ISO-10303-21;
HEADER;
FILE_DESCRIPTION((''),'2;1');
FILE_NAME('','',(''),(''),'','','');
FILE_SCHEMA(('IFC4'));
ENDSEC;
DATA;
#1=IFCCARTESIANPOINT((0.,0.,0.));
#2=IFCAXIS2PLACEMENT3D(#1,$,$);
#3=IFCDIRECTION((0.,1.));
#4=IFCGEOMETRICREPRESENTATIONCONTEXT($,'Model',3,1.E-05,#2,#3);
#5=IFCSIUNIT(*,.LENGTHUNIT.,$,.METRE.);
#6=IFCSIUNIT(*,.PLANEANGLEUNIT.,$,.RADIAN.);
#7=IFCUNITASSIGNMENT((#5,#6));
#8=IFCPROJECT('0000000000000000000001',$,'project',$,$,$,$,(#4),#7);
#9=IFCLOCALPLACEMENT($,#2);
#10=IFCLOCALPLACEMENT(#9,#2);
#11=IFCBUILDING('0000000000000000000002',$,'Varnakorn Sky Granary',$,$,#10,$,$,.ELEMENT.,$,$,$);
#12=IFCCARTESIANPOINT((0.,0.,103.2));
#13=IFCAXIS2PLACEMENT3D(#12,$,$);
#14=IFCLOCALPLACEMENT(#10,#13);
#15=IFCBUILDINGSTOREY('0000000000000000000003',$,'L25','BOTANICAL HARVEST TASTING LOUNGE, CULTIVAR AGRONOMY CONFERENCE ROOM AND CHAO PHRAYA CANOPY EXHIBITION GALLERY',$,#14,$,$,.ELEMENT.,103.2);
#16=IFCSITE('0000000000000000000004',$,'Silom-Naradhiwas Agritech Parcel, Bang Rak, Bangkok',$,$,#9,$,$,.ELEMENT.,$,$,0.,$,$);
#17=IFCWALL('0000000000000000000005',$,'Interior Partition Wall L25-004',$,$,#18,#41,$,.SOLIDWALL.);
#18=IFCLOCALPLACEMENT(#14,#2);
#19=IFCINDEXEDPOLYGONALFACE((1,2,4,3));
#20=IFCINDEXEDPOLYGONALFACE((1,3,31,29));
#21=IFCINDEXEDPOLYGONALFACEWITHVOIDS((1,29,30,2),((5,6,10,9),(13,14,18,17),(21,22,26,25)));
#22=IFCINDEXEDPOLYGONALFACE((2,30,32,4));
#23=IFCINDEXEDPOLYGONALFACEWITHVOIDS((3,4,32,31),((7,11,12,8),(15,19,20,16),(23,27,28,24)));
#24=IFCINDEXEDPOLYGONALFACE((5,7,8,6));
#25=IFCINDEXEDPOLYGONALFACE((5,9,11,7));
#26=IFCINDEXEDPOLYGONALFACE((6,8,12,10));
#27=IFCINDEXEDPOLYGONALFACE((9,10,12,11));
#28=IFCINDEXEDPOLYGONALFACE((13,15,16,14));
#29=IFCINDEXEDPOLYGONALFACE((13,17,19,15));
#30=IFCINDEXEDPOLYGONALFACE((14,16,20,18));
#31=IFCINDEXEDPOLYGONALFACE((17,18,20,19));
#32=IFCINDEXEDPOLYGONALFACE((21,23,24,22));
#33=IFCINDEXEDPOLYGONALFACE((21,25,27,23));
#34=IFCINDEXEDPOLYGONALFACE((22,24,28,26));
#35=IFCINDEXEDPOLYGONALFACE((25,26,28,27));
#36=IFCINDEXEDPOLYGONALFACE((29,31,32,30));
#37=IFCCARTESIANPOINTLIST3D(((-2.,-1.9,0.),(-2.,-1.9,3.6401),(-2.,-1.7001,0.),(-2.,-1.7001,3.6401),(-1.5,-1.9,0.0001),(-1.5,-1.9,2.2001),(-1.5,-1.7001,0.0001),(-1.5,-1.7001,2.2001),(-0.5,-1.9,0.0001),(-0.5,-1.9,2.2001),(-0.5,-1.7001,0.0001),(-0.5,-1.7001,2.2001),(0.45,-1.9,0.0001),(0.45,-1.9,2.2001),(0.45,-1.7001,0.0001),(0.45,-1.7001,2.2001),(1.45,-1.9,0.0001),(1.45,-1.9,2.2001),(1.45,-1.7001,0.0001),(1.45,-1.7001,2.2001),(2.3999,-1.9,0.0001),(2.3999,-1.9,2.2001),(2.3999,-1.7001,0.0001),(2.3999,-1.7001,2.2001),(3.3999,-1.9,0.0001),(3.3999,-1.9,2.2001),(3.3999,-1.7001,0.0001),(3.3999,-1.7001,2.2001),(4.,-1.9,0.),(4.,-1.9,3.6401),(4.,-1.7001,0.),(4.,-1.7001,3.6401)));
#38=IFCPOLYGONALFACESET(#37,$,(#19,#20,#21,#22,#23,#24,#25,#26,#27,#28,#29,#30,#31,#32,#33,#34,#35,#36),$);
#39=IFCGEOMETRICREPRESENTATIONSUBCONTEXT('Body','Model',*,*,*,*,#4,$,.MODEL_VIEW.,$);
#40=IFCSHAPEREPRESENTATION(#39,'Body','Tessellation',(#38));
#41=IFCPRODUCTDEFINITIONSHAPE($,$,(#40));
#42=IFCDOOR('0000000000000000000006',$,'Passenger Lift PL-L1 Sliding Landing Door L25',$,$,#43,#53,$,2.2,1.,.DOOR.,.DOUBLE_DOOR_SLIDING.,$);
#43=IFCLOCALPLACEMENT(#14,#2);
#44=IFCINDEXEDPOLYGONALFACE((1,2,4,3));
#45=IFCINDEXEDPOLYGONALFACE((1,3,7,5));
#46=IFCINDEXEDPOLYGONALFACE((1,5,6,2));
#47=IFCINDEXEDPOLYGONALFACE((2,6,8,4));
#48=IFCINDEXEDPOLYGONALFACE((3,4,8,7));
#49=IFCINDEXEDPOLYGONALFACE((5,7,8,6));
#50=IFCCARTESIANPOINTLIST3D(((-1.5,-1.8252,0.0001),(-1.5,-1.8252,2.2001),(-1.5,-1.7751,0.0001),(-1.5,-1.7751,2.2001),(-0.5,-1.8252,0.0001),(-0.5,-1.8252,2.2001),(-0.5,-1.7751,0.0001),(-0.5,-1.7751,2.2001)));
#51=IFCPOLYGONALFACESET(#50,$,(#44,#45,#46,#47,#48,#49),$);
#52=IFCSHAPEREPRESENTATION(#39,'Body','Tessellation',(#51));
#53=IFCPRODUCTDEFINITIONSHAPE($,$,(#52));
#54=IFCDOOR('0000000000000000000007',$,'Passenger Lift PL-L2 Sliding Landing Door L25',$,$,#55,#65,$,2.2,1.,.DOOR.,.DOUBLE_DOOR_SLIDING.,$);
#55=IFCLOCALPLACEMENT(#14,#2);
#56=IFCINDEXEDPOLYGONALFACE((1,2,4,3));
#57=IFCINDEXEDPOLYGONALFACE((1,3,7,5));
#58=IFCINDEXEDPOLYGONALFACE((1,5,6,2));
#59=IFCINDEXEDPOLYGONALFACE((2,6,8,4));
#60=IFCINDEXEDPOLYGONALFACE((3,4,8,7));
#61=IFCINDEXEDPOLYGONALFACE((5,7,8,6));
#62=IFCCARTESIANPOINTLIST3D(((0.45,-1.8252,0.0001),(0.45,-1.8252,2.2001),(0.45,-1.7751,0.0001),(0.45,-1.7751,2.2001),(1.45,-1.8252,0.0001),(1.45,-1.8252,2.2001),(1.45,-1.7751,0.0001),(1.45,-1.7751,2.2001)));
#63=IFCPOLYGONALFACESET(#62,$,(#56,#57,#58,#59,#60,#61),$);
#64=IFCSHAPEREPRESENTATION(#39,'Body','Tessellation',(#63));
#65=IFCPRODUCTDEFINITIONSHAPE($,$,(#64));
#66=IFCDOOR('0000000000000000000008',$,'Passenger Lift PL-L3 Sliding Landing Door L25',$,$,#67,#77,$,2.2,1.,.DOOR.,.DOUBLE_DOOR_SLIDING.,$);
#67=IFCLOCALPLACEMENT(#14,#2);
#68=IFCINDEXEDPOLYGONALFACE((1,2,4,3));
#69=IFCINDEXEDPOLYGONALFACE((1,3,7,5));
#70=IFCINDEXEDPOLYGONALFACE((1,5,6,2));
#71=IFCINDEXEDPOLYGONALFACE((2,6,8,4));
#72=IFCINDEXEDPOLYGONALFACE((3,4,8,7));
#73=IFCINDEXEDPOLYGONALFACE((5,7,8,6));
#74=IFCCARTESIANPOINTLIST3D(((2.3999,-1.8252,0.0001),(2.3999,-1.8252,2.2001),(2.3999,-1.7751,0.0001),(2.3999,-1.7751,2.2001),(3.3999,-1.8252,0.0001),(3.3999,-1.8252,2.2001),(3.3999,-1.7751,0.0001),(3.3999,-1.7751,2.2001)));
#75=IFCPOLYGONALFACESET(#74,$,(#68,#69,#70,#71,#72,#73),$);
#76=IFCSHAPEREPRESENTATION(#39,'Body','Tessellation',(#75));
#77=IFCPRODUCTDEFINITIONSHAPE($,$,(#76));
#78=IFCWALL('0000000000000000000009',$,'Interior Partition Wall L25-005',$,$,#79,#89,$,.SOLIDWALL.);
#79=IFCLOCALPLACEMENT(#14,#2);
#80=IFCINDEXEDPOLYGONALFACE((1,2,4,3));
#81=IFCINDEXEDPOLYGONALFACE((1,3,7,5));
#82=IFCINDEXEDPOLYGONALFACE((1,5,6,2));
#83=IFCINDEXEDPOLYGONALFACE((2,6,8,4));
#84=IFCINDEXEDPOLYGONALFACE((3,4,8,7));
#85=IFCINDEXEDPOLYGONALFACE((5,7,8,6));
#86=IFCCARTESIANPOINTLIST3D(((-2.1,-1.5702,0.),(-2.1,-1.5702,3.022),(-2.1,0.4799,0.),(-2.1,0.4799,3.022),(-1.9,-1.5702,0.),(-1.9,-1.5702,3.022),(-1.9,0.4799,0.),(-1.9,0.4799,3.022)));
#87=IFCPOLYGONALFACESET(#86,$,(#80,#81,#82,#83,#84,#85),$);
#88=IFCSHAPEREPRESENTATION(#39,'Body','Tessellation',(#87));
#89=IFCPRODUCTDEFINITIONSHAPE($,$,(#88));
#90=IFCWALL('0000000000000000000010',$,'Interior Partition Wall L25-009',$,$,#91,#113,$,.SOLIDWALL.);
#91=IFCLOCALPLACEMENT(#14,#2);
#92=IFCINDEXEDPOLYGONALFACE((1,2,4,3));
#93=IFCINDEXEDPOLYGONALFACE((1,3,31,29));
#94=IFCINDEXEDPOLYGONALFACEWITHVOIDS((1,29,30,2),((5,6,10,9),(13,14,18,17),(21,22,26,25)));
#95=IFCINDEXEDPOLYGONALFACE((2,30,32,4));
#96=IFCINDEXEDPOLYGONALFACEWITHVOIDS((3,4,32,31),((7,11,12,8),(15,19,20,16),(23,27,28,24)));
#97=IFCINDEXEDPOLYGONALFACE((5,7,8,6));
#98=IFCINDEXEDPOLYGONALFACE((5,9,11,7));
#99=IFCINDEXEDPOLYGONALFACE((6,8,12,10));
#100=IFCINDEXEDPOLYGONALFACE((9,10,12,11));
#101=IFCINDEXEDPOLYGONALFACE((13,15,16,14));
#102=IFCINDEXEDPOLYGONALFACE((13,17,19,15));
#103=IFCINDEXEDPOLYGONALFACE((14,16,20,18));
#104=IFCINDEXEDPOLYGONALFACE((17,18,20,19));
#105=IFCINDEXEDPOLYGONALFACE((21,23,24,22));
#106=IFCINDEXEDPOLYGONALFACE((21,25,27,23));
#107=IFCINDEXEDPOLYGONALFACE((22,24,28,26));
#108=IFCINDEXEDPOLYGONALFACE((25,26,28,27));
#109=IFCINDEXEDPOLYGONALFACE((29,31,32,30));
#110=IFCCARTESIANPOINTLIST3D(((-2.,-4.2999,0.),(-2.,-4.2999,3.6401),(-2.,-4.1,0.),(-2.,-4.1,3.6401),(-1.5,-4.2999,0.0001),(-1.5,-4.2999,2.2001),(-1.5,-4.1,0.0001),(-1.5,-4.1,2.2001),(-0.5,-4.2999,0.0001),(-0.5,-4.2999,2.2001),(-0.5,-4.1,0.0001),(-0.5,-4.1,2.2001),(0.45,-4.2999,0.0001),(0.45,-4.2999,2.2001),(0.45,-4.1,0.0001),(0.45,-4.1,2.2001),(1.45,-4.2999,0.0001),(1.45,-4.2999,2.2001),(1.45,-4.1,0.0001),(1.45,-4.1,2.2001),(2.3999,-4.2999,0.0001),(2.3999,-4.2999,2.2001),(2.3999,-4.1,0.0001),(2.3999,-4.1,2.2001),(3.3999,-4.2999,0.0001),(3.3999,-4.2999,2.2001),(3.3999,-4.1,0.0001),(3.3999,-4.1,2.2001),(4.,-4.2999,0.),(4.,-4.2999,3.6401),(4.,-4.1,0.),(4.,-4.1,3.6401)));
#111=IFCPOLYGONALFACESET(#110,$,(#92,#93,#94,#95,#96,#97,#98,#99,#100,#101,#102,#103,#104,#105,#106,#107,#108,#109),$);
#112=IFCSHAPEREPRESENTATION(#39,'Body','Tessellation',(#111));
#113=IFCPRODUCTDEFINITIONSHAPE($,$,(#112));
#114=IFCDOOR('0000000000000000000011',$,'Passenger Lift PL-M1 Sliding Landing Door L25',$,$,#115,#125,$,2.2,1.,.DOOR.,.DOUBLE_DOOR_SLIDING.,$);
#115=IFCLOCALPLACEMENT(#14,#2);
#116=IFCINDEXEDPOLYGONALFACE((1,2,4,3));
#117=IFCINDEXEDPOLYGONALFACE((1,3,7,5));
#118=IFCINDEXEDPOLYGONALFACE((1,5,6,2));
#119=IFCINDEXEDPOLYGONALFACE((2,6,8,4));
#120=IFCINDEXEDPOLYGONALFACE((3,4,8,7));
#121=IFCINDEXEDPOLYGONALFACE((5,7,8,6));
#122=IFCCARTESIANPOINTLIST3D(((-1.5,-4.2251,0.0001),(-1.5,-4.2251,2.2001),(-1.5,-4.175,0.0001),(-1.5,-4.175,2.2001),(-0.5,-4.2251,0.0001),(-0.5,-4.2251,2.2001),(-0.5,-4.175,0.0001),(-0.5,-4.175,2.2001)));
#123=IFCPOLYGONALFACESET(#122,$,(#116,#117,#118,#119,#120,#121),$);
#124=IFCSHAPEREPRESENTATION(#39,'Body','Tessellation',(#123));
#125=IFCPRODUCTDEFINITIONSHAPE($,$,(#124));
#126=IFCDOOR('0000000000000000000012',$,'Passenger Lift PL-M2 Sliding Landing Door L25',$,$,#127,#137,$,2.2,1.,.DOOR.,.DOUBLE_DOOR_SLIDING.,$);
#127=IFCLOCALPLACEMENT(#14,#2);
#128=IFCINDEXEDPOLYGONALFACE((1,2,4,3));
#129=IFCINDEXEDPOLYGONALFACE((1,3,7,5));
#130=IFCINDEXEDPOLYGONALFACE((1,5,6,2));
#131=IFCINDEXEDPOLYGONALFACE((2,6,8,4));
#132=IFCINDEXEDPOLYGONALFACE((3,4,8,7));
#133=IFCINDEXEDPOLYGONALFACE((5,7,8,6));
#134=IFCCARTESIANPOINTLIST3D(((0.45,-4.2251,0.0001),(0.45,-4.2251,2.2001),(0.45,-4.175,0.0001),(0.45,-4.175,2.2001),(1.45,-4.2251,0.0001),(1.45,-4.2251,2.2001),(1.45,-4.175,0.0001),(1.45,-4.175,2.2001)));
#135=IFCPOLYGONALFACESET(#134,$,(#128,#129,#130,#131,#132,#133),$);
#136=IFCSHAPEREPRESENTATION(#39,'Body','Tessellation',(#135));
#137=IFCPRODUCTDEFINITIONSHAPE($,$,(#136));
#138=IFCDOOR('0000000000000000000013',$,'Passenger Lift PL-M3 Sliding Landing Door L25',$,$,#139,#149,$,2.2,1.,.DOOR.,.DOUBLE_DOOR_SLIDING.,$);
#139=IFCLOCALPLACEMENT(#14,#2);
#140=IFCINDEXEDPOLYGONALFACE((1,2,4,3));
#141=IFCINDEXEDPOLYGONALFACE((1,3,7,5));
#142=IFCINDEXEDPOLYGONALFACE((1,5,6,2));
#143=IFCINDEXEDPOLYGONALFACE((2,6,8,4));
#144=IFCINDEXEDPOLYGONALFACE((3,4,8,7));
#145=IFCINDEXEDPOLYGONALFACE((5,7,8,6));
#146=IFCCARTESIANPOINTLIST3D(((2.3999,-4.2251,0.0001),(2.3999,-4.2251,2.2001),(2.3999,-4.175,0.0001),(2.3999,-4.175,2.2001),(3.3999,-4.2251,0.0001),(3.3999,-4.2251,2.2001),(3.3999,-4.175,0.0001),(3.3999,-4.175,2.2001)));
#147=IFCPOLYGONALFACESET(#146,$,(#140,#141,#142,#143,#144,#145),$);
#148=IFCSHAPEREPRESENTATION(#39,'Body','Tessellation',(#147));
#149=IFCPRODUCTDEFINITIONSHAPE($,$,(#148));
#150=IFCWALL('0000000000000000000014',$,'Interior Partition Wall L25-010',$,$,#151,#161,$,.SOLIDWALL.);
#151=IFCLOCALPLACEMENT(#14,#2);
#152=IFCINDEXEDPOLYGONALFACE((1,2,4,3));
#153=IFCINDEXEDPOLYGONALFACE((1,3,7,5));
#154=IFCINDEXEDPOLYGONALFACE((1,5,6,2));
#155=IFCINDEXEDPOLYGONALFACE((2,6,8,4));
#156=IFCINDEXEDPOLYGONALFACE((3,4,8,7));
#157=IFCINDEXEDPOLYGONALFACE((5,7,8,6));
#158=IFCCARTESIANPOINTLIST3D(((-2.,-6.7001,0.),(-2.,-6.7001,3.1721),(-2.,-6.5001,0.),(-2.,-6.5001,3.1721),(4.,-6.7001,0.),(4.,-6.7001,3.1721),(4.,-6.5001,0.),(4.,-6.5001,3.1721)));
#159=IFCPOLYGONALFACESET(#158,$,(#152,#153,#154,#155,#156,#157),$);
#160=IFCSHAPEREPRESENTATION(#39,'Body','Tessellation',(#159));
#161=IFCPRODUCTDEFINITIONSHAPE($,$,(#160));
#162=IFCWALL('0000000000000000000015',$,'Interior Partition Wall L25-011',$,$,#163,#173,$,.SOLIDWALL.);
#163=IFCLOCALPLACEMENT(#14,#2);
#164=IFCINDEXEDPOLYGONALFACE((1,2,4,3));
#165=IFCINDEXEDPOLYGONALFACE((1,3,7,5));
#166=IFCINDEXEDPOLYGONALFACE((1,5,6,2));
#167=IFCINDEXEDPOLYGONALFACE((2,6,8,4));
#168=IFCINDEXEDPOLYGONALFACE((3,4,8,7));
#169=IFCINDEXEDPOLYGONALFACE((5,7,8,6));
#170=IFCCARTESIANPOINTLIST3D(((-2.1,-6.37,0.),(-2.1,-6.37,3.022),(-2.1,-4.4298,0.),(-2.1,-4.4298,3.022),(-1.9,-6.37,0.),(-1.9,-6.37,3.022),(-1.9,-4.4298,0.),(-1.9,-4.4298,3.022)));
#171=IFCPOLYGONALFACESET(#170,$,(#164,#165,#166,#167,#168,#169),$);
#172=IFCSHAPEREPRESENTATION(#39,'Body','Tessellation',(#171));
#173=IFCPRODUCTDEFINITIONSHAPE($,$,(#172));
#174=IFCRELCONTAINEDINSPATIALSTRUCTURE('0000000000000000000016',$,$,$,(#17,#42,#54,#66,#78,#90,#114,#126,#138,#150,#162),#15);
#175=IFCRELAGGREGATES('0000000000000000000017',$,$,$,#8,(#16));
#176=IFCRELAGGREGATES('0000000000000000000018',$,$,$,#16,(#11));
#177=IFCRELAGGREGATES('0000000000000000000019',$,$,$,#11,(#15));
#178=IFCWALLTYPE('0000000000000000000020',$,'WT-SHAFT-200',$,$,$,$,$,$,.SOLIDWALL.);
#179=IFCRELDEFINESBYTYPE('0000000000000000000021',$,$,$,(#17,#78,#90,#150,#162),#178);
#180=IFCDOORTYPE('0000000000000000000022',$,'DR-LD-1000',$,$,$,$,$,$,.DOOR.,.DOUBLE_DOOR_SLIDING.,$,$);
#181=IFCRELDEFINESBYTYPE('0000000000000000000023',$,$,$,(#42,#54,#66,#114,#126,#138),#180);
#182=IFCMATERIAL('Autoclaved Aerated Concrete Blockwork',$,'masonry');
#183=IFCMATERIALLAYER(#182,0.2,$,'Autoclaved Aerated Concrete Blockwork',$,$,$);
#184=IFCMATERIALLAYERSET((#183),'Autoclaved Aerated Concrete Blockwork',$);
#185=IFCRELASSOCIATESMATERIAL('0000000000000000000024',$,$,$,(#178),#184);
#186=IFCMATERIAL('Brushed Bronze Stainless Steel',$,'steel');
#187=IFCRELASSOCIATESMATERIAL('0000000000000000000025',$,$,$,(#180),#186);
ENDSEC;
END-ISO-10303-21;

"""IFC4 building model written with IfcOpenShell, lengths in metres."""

from ifc_helpers import new_model, si_unit, direction, frame, frame_2d, origin, place, context, subcontext, project, spatial, rectangle, extrude, material, layer, layer_set, type_object, element, fill, save


model = new_model("IFC4")

# Units and contexts
model_context = context("Model", 3, precision=1e-05, world=origin(), true_north=direction((0.0, 1.0)))
body_context = subcontext(model_context, "Body", "Model", "MODEL_VIEW")
ifc_project = project(units=[si_unit("LENGTHUNIT", "METRE"), si_unit("PLANEANGLEUNIT", "RADIAN")], contexts=[model_context])

# Site, building, storey
site_placement = place(None, origin())
site = spatial("IfcSite", under=ifc_project, at=site_placement, Name="Silom-Naradhiwas Agritech Parcel, Bang Rak, Bangkok", CompositionType="ELEMENT", RefElevation=0.0)
building_placement = place(site_placement, origin())
building = spatial("IfcBuilding", under=site, at=building_placement, Name="Varnakorn Sky Granary", CompositionType="ELEMENT")
storey_placement = place(building_placement, frame((0.0, 0.0, 103.2)))
storey = spatial("IfcBuildingStorey", under=building, at=storey_placement, Name="L25", Description="BOTANICAL HARVEST TASTING LOUNGE, CULTIVAR AGRONOMY CONFERENCE ROOM AND CHAO PHRAYA CANOPY EXHIBITION GALLERY", CompositionType="ELEMENT", Elevation=103.2)

# Shared definitions
ifc_material_1 = material(Name="Autoclaved Aerated Concrete Blockwork", Category="masonry")

# Wall, openings, doors
ifc_layer_1 = layer(ifc_material_1, 0.2, Name="Autoclaved Aerated Concrete Blockwork")
ifc_layer_set_1 = layer_set([ifc_layer_1], Name="Autoclaved Aerated Concrete Blockwork")
wall_type_1 = type_object("IfcWallType", Name="WT-SHAFT-200", PredefinedType="SOLIDWALL", material=ifc_layer_set_1)
wall_1_placement = place(storey_placement, frame((-2.0, -1.8, 0.0), z_axis=(0.0, 0.0, 1.0), x_axis=(1.0, 0.0, 0.0)))
wall_1 = element("IfcWall", 1, at=wall_1_placement, inside=storey, type_object=wall_type_1, Name="Interior Partition Wall L25-004", PredefinedType="SOLIDWALL", context=body_context, shape_type="SweptSolid", body=[
    extrude(rectangle(XDim=6.0, YDim=0.2, at=frame_2d((3.0, 0.0))), origin(), (0.0, 0.0, 1.0), 3.6401),
])
opening_1_placement = place(wall_1_placement, frame((0.5, 0.0, 0.0)))
opening_1 = element("IfcOpeningElement", 2, at=opening_1_placement, cuts=wall_1, PredefinedType="OPENING", context=body_context, shape_type="SweptSolid", body=[
    extrude(rectangle(XDim=1.0, YDim=2.2, at=frame_2d((0.5, 1.1001))), frame((0.0, 0.1099, 0.0), z_axis=(0.0, -1.0, 0.0), x_axis=(1.0, 0.0, 0.0)), (0.0, 0.0, 1.0), 0.22),
])
opening_2_placement = place(wall_1_placement, frame((2.45, 0.0, 0.0)))
opening_2 = element("IfcOpeningElement", 3, at=opening_2_placement, cuts=wall_1, PredefinedType="OPENING", context=body_context, shape_type="SweptSolid", body=[
    extrude(rectangle(XDim=1.0, YDim=2.2, at=frame_2d((0.5, 1.1001))), frame((0.0, 0.1099, 0.0), z_axis=(0.0, -1.0, 0.0), x_axis=(1.0, 0.0, 0.0)), (0.0, 0.0, 1.0), 0.22),
])
opening_3_placement = place(wall_1_placement, frame((4.3999, 0.0, 0.0)))
opening_3 = element("IfcOpeningElement", 4, at=opening_3_placement, cuts=wall_1, PredefinedType="OPENING", context=body_context, shape_type="SweptSolid", body=[
    extrude(rectangle(XDim=1.0, YDim=2.2, at=frame_2d((0.5, 1.1001))), frame((0.0, 0.1099, 0.0), z_axis=(0.0, -1.0, 0.0), x_axis=(1.0, 0.0, 0.0)), (0.0, 0.0, 1.0), 0.22),
])
ifc_material_2 = material(Name="Brushed Bronze Stainless Steel", Category="steel")
door_type_1 = type_object("IfcDoorType", Name="DR-LD-1000", OperationType="DOUBLE_DOOR_SLIDING", PredefinedType="DOOR", material=ifc_material_2)
door_1_placement = place(opening_1_placement, origin())
door_1 = element("IfcDoor", 5, at=door_1_placement, inside=storey, type_object=door_type_1, Name="Passenger Lift PL-L1 Sliding Landing Door L25", OperationType="DOUBLE_DOOR_SLIDING", OverallHeight=2.2, OverallWidth=1.0, PredefinedType="DOOR", context=body_context, shape_type="SweptSolid", body=[
    extrude(rectangle(XDim=1.0, YDim=2.2, at=frame_2d((0.5, 1.1001))), frame((0.0, 0.0249, 0.0), z_axis=(0.0, -1.0, 0.0), x_axis=(1.0, 0.0, 0.0)), (0.0, 0.0, 1.0), 0.05),
])
fill(opening_1, door_1)
door_2_placement = place(opening_2_placement, origin())
door_2 = element("IfcDoor", 6, at=door_2_placement, inside=storey, type_object=door_type_1, Name="Passenger Lift PL-L2 Sliding Landing Door L25", OperationType="DOUBLE_DOOR_SLIDING", OverallHeight=2.2, OverallWidth=1.0, PredefinedType="DOOR", context=body_context, shape_type="SweptSolid", body=[
    extrude(rectangle(XDim=1.0, YDim=2.2, at=frame_2d((0.5, 1.1001))), frame((0.0, 0.0249, 0.0), z_axis=(0.0, -1.0, 0.0), x_axis=(1.0, 0.0, 0.0)), (0.0, 0.0, 1.0), 0.05),
])
fill(opening_2, door_2)
door_3_placement = place(opening_3_placement, origin())
door_3 = element("IfcDoor", 7, at=door_3_placement, inside=storey, type_object=door_type_1, Name="Passenger Lift PL-L3 Sliding Landing Door L25", OperationType="DOUBLE_DOOR_SLIDING", OverallHeight=2.2, OverallWidth=1.0, PredefinedType="DOOR", context=body_context, shape_type="SweptSolid", body=[
    extrude(rectangle(XDim=1.0, YDim=2.2, at=frame_2d((0.5, 1.1001))), frame((0.0, 0.0249, 0.0), z_axis=(0.0, -1.0, 0.0), x_axis=(1.0, 0.0, 0.0)), (0.0, 0.0, 1.0), 0.05),
])
fill(opening_3, door_3)

# Wall
wall_2_placement = place(storey_placement, frame((-2.0, -1.5701, 0.0), z_axis=(0.0, 0.0, 1.0), x_axis=(0.0, 1.0, 0.0)))
element("IfcWall", 8, at=wall_2_placement, inside=storey, type_object=wall_type_1, Name="Interior Partition Wall L25-005", PredefinedType="SOLIDWALL", context=body_context, shape_type="SweptSolid", body=[
    extrude(rectangle(XDim=2.05, YDim=0.2, at=frame_2d((1.0249, 0.0))), origin(), (0.0, 0.0, 1.0), 3.022),
])

# Wall, openings, doors
wall_3_placement = place(storey_placement, frame((-2.0, -4.2, 0.0), z_axis=(0.0, 0.0, 1.0), x_axis=(1.0, 0.0, 0.0)))
wall_3 = element("IfcWall", 9, at=wall_3_placement, inside=storey, type_object=wall_type_1, Name="Interior Partition Wall L25-009", PredefinedType="SOLIDWALL", context=body_context, shape_type="SweptSolid", body=[
    extrude(rectangle(XDim=6.0, YDim=0.2, at=frame_2d((3.0, 0.0))), origin(), (0.0, 0.0, 1.0), 3.6401),
])
opening_4_placement = place(wall_3_placement, frame((0.5, 0.0, 0.0)))
opening_4 = element("IfcOpeningElement", 10, at=opening_4_placement, cuts=wall_3, PredefinedType="OPENING", context=body_context, shape_type="SweptSolid", body=[
    extrude(rectangle(XDim=1.0, YDim=2.2, at=frame_2d((0.5, 1.1001))), frame((0.0, 0.1099, 0.0), z_axis=(0.0, -1.0, 0.0), x_axis=(1.0, 0.0, 0.0)), (0.0, 0.0, 1.0), 0.22),
])
opening_5_placement = place(wall_3_placement, frame((2.45, 0.0, 0.0)))
opening_5 = element("IfcOpeningElement", 11, at=opening_5_placement, cuts=wall_3, PredefinedType="OPENING", context=body_context, shape_type="SweptSolid", body=[
    extrude(rectangle(XDim=1.0, YDim=2.2, at=frame_2d((0.5, 1.1001))), frame((0.0, 0.1099, 0.0), z_axis=(0.0, -1.0, 0.0), x_axis=(1.0, 0.0, 0.0)), (0.0, 0.0, 1.0), 0.22),
])
opening_6_placement = place(wall_3_placement, frame((4.3999, 0.0, 0.0)))
opening_6 = element("IfcOpeningElement", 12, at=opening_6_placement, cuts=wall_3, PredefinedType="OPENING", context=body_context, shape_type="SweptSolid", body=[
    extrude(rectangle(XDim=1.0, YDim=2.2, at=frame_2d((0.5, 1.1001))), frame((0.0, 0.1099, 0.0), z_axis=(0.0, -1.0, 0.0), x_axis=(1.0, 0.0, 0.0)), (0.0, 0.0, 1.0), 0.22),
])
door_4_placement = place(opening_4_placement, origin())
door_4 = element("IfcDoor", 13, at=door_4_placement, inside=storey, type_object=door_type_1, Name="Passenger Lift PL-M1 Sliding Landing Door L25", OperationType="DOUBLE_DOOR_SLIDING", OverallHeight=2.2, OverallWidth=1.0, PredefinedType="DOOR", context=body_context, shape_type="SweptSolid", body=[
    extrude(rectangle(XDim=1.0, YDim=2.2, at=frame_2d((0.5, 1.1001))), frame((0.0, 0.0249, 0.0), z_axis=(0.0, -1.0, 0.0), x_axis=(1.0, 0.0, 0.0)), (0.0, 0.0, 1.0), 0.05),
])
fill(opening_4, door_4)
door_5_placement = place(opening_5_placement, origin())
door_5 = element("IfcDoor", 14, at=door_5_placement, inside=storey, type_object=door_type_1, Name="Passenger Lift PL-M2 Sliding Landing Door L25", OperationType="DOUBLE_DOOR_SLIDING", OverallHeight=2.2, OverallWidth=1.0, PredefinedType="DOOR", context=body_context, shape_type="SweptSolid", body=[
    extrude(rectangle(XDim=1.0, YDim=2.2, at=frame_2d((0.5, 1.1001))), frame((0.0, 0.0249, 0.0), z_axis=(0.0, -1.0, 0.0), x_axis=(1.0, 0.0, 0.0)), (0.0, 0.0, 1.0), 0.05),
])
fill(opening_5, door_5)
door_6_placement = place(opening_6_placement, origin())
door_6 = element("IfcDoor", 15, at=door_6_placement, inside=storey, type_object=door_type_1, Name="Passenger Lift PL-M3 Sliding Landing Door L25", OperationType="DOUBLE_DOOR_SLIDING", OverallHeight=2.2, OverallWidth=1.0, PredefinedType="DOOR", context=body_context, shape_type="SweptSolid", body=[
    extrude(rectangle(XDim=1.0, YDim=2.2, at=frame_2d((0.5, 1.1001))), frame((0.0, 0.0249, 0.0), z_axis=(0.0, -1.0, 0.0), x_axis=(1.0, 0.0, 0.0)), (0.0, 0.0, 1.0), 0.05),
])
fill(opening_6, door_6)

# Walls
wall_4_placement = place(storey_placement, frame((-2.0, -6.6001, 0.0), z_axis=(0.0, 0.0, 1.0), x_axis=(1.0, 0.0, 0.0)))
element("IfcWall", 16, at=wall_4_placement, inside=storey, type_object=wall_type_1, Name="Interior Partition Wall L25-010", PredefinedType="SOLIDWALL", context=body_context, shape_type="SweptSolid", body=[
    extrude(rectangle(XDim=6.0, YDim=0.2, at=frame_2d((3.0, 0.0))), origin(), (0.0, 0.0, 1.0), 3.1721),
])
wall_5_placement = place(storey_placement, frame((-2.0, -6.3701, 0.0), z_axis=(0.0, 0.0, 1.0), x_axis=(0.0, 1.0, 0.0)))
element("IfcWall", 17, at=wall_5_placement, inside=storey, type_object=wall_type_1, Name="Interior Partition Wall L25-011", PredefinedType="SOLIDWALL", context=body_context, shape_type="SweptSolid", body=[
    extrude(rectangle(XDim=1.9402, YDim=0.2, at=frame_2d((0.9702, 0.0))), origin(), (0.0, 0.0, 1.0), 3.022),
])

save(model, "model.ifc")
